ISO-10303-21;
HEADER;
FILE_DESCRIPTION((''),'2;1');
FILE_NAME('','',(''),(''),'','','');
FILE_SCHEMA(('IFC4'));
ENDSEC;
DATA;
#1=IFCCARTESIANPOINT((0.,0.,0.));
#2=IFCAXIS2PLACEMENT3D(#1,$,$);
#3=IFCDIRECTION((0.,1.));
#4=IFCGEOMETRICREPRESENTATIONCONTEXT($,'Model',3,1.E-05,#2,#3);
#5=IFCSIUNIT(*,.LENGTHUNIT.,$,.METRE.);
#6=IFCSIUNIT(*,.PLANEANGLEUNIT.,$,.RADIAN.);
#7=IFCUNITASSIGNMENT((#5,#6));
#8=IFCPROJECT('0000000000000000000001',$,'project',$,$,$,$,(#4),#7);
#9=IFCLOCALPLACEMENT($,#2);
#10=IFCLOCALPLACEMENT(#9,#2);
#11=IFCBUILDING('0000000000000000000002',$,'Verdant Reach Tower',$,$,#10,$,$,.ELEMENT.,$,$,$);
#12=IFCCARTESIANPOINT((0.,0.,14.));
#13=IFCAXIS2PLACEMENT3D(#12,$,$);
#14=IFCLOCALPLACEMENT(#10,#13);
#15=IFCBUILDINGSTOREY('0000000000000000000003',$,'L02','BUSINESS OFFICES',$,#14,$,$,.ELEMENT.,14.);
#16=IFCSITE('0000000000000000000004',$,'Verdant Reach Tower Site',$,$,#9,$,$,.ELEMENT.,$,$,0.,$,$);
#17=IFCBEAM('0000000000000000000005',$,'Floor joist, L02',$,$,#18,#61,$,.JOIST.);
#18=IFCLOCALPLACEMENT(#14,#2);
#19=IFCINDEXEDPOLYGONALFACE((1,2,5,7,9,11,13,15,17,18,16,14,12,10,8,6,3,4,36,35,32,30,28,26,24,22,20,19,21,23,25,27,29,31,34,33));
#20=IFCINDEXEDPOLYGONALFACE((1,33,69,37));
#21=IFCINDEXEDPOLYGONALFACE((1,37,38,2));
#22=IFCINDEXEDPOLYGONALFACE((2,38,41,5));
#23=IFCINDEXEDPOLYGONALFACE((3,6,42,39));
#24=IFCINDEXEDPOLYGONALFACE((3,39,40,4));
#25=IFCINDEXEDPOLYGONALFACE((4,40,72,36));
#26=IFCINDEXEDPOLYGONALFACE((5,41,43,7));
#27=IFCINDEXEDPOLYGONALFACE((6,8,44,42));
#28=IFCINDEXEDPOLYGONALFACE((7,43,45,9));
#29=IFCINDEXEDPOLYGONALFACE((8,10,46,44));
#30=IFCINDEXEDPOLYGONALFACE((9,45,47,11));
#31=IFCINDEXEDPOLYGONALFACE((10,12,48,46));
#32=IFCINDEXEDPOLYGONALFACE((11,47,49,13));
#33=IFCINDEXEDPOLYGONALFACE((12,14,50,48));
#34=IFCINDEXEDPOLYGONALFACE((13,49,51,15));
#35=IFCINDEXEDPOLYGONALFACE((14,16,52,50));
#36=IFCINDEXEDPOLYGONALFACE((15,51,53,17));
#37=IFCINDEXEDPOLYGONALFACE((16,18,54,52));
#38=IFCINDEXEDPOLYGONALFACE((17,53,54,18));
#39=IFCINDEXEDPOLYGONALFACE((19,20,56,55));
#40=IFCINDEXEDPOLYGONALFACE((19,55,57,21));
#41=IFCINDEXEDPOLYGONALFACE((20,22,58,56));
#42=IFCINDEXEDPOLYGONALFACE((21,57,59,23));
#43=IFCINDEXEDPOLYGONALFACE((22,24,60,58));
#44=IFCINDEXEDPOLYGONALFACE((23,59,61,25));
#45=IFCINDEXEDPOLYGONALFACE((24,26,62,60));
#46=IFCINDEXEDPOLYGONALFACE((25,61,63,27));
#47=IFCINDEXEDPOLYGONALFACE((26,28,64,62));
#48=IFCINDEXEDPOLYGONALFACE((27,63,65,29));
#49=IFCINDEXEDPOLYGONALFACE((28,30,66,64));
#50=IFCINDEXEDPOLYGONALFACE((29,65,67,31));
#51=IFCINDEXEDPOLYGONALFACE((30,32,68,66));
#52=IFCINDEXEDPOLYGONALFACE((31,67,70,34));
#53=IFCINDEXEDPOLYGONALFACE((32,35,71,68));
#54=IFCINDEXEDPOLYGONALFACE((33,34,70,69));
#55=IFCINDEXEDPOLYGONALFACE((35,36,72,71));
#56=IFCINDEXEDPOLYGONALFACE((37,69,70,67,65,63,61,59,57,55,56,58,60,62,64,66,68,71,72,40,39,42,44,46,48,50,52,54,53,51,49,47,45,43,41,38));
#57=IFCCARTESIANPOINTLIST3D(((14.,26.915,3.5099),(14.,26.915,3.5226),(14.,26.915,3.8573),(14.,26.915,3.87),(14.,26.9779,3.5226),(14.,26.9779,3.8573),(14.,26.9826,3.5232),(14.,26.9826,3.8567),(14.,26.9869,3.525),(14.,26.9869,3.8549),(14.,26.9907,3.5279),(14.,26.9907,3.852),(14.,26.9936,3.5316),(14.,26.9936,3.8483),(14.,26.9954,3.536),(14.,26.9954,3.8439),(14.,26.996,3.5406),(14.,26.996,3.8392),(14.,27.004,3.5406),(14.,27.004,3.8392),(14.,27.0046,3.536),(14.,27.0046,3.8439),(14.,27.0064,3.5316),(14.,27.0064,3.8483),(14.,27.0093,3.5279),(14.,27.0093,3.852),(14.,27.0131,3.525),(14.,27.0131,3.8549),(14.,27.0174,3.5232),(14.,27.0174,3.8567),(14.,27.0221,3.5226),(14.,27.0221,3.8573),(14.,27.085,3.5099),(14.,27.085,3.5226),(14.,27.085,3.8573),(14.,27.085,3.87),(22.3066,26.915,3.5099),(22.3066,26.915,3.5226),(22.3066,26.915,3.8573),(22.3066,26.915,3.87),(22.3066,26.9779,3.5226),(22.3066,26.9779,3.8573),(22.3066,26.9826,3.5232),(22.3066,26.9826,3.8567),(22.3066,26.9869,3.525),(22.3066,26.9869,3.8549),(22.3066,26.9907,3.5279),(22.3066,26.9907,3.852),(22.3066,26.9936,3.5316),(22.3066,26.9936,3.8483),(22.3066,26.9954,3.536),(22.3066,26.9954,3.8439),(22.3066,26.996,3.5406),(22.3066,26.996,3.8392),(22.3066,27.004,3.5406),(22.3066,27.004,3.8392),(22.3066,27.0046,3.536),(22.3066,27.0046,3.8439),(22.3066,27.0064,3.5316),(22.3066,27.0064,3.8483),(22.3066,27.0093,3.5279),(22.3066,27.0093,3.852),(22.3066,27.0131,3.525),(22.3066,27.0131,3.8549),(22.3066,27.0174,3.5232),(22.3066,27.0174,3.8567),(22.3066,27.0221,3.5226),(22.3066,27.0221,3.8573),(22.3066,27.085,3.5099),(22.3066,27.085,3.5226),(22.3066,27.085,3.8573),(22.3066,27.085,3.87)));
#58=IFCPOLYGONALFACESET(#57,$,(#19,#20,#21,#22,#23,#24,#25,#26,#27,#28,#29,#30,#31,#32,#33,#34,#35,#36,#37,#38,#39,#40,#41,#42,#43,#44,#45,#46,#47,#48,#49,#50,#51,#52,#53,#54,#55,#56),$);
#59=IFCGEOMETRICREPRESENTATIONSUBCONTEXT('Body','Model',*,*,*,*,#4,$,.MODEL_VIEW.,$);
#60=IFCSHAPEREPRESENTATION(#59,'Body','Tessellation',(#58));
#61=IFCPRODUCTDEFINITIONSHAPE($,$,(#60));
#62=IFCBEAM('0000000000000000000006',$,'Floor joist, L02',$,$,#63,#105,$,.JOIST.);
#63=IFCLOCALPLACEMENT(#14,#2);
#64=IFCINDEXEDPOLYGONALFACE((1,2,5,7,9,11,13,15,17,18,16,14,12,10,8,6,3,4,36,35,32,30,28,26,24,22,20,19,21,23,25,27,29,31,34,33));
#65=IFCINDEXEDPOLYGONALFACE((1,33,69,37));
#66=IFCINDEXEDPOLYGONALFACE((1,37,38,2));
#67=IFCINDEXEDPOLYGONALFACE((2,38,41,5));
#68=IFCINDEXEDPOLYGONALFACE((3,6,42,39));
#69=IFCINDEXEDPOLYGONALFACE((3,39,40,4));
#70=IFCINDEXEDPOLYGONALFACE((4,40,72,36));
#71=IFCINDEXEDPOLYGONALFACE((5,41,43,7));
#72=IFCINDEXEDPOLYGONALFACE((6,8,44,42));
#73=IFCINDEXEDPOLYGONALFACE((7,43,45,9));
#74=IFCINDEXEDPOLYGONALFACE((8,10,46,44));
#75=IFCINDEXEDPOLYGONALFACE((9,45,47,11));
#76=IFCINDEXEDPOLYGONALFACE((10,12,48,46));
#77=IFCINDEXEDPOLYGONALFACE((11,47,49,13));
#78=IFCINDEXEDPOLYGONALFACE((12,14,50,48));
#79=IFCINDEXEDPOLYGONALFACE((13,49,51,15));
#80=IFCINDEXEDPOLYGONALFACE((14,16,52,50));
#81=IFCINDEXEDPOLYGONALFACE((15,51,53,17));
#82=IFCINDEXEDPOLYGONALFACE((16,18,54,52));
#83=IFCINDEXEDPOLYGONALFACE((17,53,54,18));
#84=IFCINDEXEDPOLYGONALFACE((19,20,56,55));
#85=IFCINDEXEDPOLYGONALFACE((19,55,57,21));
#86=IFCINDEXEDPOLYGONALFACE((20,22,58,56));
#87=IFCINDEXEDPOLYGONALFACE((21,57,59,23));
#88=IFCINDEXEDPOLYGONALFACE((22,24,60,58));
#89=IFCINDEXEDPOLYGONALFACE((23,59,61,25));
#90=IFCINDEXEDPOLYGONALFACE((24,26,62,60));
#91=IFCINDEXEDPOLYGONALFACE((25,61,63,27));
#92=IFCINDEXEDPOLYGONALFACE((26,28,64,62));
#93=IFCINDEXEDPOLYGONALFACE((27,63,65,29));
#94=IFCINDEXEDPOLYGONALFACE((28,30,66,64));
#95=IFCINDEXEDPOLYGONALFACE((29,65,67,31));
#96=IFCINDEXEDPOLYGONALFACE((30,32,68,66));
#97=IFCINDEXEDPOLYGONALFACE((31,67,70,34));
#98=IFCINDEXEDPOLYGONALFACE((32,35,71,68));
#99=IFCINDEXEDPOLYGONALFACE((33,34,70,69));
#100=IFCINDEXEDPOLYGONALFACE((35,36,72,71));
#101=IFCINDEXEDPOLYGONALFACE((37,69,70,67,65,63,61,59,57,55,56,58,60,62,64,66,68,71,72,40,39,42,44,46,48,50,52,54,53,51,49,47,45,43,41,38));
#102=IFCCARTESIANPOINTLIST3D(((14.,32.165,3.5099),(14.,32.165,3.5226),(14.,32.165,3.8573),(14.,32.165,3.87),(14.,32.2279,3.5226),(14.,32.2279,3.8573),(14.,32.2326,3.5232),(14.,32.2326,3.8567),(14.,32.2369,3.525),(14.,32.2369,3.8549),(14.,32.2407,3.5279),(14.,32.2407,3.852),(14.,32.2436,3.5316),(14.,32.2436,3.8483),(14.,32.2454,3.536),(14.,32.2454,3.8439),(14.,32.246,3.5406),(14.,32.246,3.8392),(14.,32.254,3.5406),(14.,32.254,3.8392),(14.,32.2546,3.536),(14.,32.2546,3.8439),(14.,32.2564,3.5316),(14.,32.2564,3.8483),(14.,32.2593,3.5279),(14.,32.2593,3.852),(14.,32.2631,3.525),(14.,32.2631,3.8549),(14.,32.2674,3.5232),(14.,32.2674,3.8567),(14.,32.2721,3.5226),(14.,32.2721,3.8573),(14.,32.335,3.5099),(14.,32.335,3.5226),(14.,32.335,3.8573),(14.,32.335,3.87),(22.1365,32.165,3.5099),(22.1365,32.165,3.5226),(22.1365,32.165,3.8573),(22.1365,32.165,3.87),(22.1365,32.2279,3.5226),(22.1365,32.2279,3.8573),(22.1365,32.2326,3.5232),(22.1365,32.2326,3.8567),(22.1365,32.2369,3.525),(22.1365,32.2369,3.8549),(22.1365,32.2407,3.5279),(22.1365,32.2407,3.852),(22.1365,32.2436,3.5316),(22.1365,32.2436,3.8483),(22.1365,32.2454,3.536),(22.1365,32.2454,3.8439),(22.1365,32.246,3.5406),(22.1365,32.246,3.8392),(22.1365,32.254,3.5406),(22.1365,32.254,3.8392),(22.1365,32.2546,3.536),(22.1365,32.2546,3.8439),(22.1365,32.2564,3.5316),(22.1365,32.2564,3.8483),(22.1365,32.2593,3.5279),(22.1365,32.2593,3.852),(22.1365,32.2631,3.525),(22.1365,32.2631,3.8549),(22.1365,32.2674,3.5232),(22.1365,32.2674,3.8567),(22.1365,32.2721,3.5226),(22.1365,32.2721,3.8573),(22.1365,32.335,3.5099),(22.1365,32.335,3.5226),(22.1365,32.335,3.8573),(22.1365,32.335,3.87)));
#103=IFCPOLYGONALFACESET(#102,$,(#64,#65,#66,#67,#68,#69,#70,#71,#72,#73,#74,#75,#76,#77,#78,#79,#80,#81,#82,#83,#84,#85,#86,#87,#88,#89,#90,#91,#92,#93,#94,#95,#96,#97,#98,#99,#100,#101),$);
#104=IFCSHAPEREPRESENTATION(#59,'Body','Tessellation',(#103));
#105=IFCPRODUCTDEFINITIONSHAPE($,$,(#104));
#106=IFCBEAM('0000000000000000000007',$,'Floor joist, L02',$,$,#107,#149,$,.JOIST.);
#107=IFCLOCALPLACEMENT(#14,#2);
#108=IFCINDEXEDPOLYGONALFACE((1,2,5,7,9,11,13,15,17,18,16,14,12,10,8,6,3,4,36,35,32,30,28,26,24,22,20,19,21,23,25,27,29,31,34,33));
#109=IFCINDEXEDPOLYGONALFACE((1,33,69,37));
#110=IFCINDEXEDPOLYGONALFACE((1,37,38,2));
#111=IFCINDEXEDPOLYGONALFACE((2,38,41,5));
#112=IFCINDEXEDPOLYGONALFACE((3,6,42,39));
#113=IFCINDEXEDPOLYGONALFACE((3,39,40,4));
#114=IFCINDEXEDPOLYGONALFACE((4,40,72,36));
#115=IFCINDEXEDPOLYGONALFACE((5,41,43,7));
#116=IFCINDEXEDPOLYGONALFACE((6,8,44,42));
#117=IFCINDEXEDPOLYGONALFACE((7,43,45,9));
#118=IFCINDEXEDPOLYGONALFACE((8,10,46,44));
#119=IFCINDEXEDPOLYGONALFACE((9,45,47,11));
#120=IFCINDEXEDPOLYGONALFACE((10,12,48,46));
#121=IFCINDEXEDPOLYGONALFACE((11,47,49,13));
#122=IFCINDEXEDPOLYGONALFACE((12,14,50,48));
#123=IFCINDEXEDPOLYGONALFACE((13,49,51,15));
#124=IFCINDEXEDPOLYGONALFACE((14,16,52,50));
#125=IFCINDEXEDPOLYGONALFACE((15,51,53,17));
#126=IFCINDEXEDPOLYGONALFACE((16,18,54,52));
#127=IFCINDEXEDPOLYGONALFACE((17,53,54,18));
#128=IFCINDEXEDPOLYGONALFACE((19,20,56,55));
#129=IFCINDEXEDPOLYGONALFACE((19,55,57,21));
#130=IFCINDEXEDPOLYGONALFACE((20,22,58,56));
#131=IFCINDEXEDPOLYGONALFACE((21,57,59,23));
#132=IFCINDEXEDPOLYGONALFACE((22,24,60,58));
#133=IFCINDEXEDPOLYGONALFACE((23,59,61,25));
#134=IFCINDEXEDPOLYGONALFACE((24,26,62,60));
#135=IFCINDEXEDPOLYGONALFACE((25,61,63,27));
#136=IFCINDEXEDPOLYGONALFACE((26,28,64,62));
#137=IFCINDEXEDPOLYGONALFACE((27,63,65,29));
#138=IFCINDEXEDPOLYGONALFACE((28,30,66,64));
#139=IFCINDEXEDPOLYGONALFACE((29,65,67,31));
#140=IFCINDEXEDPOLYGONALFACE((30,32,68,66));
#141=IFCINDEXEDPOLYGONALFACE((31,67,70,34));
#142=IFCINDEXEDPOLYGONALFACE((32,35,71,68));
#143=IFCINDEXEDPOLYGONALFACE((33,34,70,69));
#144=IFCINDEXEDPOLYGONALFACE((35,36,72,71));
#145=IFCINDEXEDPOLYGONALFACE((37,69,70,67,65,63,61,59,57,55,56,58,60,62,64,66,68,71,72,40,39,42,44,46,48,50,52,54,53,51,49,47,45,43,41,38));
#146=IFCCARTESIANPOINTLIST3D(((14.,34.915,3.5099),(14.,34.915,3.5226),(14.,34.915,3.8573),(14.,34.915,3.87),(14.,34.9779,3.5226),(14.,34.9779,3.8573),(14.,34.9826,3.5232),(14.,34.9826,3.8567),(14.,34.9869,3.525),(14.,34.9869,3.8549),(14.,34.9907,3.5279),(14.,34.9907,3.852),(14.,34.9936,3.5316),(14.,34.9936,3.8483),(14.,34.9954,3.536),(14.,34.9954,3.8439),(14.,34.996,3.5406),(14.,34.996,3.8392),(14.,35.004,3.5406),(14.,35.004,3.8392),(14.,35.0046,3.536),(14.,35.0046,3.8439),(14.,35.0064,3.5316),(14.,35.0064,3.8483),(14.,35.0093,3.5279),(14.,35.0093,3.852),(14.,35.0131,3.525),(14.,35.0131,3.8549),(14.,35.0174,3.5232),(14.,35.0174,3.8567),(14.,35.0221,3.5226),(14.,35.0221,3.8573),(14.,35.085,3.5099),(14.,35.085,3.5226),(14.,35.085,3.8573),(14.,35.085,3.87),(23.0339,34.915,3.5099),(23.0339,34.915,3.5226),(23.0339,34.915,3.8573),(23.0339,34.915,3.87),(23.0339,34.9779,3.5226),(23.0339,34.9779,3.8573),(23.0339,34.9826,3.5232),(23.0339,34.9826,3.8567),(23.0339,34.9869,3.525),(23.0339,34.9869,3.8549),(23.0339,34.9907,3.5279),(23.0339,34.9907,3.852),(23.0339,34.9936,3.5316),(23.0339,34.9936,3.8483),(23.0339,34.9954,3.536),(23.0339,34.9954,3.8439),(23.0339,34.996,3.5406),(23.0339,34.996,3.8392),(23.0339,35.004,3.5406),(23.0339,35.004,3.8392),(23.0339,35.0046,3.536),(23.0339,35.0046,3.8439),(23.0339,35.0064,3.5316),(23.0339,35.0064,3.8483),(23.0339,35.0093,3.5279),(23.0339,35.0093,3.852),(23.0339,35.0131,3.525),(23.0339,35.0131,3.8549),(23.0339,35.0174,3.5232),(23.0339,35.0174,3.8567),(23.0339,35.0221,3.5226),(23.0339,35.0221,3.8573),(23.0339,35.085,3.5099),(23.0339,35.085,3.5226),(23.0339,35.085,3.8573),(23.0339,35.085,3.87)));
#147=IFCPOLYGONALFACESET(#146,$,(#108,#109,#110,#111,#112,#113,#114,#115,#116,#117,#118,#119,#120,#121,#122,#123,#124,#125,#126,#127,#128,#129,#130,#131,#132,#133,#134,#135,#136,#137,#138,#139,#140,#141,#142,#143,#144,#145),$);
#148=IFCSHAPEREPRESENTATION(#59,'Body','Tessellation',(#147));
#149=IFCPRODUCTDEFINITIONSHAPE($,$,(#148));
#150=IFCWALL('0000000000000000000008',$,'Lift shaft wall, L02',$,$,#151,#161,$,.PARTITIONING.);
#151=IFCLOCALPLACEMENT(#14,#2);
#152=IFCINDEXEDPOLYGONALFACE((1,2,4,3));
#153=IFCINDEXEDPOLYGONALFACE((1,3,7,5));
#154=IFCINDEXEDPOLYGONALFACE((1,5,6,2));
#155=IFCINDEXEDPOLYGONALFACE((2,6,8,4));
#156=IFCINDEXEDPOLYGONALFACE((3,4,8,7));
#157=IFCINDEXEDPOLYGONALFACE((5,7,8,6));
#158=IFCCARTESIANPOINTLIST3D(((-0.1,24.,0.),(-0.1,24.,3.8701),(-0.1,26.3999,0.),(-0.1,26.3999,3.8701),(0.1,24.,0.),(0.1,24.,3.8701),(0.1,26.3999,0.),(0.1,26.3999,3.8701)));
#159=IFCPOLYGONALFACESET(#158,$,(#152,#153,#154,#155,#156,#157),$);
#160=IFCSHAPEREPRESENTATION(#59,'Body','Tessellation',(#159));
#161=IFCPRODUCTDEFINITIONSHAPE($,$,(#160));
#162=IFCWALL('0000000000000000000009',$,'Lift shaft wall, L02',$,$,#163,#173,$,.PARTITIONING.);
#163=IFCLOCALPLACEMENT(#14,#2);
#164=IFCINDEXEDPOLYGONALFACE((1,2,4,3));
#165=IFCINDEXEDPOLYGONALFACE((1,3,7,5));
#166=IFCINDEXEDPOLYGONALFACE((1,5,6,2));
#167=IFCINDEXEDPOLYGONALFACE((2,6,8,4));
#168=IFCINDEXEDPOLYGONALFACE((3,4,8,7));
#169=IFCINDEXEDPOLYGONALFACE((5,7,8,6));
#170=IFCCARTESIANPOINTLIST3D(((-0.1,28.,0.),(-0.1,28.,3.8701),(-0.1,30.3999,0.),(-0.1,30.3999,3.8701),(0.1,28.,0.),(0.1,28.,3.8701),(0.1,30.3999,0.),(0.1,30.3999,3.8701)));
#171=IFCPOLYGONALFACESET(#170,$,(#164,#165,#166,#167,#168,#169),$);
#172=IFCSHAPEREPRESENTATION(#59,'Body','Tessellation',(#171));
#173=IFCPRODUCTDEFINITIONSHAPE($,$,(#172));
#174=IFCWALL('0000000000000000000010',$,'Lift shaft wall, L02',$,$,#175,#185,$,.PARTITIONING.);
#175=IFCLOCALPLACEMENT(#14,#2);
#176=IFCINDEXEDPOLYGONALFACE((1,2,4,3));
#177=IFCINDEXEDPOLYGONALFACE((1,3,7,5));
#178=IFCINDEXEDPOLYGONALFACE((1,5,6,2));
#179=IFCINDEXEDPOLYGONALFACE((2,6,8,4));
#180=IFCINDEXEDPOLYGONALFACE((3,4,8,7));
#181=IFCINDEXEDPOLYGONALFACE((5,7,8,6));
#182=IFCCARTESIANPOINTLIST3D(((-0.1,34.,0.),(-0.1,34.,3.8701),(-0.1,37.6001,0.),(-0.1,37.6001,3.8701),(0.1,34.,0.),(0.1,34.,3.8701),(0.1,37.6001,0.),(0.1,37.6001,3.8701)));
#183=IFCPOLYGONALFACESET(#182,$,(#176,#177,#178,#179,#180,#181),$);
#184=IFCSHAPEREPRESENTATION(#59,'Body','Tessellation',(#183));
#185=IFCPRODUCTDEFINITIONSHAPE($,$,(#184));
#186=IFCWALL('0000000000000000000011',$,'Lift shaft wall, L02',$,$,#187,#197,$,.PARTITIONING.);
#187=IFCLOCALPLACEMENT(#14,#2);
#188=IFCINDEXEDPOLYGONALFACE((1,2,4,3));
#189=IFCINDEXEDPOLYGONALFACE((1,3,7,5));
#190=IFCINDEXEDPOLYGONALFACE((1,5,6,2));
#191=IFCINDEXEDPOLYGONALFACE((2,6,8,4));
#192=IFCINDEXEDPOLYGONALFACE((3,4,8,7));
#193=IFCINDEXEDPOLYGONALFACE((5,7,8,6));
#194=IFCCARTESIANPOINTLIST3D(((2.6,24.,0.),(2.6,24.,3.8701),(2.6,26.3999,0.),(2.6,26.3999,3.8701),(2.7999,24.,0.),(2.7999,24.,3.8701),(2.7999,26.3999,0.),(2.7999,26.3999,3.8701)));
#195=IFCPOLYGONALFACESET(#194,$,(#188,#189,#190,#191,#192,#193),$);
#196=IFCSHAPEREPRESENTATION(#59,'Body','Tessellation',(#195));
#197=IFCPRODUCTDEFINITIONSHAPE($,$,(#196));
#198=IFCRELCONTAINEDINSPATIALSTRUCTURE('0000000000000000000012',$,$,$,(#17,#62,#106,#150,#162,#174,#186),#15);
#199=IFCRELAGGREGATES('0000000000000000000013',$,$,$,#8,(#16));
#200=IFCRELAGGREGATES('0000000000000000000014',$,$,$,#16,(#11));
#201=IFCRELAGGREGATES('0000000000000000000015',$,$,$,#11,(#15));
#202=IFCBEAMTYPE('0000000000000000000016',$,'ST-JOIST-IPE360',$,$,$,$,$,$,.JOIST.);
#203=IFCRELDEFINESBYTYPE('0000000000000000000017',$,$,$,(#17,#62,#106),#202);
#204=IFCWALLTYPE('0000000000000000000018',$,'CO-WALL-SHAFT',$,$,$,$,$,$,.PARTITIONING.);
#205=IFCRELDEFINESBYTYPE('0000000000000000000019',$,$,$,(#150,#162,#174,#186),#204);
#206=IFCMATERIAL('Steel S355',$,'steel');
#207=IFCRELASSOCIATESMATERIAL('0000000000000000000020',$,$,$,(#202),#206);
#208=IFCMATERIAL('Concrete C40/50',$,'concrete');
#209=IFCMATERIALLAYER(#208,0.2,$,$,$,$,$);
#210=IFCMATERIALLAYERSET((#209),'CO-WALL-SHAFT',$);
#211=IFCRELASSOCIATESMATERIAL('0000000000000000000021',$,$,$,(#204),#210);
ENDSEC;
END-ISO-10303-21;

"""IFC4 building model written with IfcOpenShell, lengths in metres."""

from ifc_helpers import new_model, si_unit, direction, frame, frame_2d, origin, origin_2d, place, context, subcontext, project, spatial, rectangle, i_section, extrude, material, layer, layer_set, material_profile, profile_set, type_object, element, save


model = new_model("IFC4")

# Units and contexts
model_context = context("Model", 3, precision=1e-05, world=origin(), true_north=direction((0.0, 1.0)))
body_context = subcontext(model_context, "Body", "Model", "MODEL_VIEW")
ifc_project = project(units=[si_unit("LENGTHUNIT", "METRE"), si_unit("PLANEANGLEUNIT", "RADIAN")], contexts=[model_context])

# Site, building, storey
site_placement = place(None, origin())
site = spatial("IfcSite", under=ifc_project, at=site_placement, Name="Verdant Reach Tower Site", CompositionType="ELEMENT", RefElevation=0.0)
building_placement = place(site_placement, origin())
building = spatial("IfcBuilding", under=site, at=building_placement, Name="Verdant Reach Tower", CompositionType="ELEMENT")
storey_placement = place(building_placement, frame((0.0, 0.0, 14.0)))
storey = spatial("IfcBuildingStorey", under=building, at=storey_placement, Name="L02", Description="BUSINESS OFFICES", CompositionType="ELEMENT", Elevation=14.0)

# Beams
ifc_material_1 = material(Name="Steel S355", Category="steel")
ifc_material_profile = material_profile(ifc_material_1, i_section(OverallWidth=0.1699, OverallDepth=0.3601, WebThickness=0.0081, FlangeThickness=0.0127, FilletRadius=0.0181, at=origin_2d()), Name="IPE 360")
ifc_profile_set = profile_set([ifc_material_profile], Name="Steel S355")
beam_type = type_object("IfcBeamType", Name="ST-JOIST-IPE360", PredefinedType="JOIST", material=ifc_profile_set)
beam_1_placement = place(storey_placement, frame((14.0, 27.0, 3.6899), z_axis=(1.0, 0.0, 0.0), x_axis=(0.0, 1.0, 0.0)))
element("IfcBeam", 1, at=beam_1_placement, inside=storey, type_object=beam_type, Name="Floor joist, L02", PredefinedType="JOIST", context=body_context, shape_type="SweptSolid", body=[
    extrude(i_section(OverallWidth=0.1699, OverallDepth=0.3601, WebThickness=0.0081, FlangeThickness=0.0127, FilletRadius=0.0181, at=origin_2d()), origin(), (0.0, 0.0, 1.0), 8.3066),
])
beam_2_placement = place(storey_placement, frame((14.0, 32.25, 3.6899), z_axis=(1.0, 0.0, 0.0), x_axis=(0.0, 1.0, 0.0)))
element("IfcBeam", 2, at=beam_2_placement, inside=storey, type_object=beam_type, Name="Floor joist, L02", PredefinedType="JOIST", context=body_context, shape_type="SweptSolid", body=[
    extrude(i_section(OverallWidth=0.1699, OverallDepth=0.3601, WebThickness=0.0081, FlangeThickness=0.0127, FilletRadius=0.0181, at=origin_2d()), origin(), (0.0, 0.0, 1.0), 8.1365),
])
beam_3_placement = place(storey_placement, frame((14.0, 35.0, 3.6899), z_axis=(1.0, 0.0, 0.0), x_axis=(0.0, 1.0, 0.0)))
element("IfcBeam", 3, at=beam_3_placement, inside=storey, type_object=beam_type, Name="Floor joist, L02", PredefinedType="JOIST", context=body_context, shape_type="SweptSolid", body=[
    extrude(i_section(OverallWidth=0.1699, OverallDepth=0.3601, WebThickness=0.0081, FlangeThickness=0.0127, FilletRadius=0.0181, at=origin_2d()), origin(), (0.0, 0.0, 1.0), 9.0339),
])

# Walls
ifc_material_2 = material(Name="Concrete C40/50", Category="concrete")
ifc_layer_1 = layer(ifc_material_2, 0.2)
ifc_layer_set_1 = layer_set([ifc_layer_1], Name="CO-WALL-SHAFT")
wall_type_1 = type_object("IfcWallType", Name="CO-WALL-SHAFT", PredefinedType="PARTITIONING", material=ifc_layer_set_1)
for number, where, z_axis, x_axis, name in (
    (4, (0.0, 24.0, 0.0), (0.0, 0.0, 1.0), (0.0, 1.0, 0.0), "Lift shaft wall, L02"),
    (5, (0.0, 28.0, 0.0), (0.0, 0.0, 1.0), (0.0, 1.0, 0.0), "Lift shaft wall, L02"),
):
    element("IfcWall", number, at=place(storey_placement, frame(where, z_axis=z_axis, x_axis=x_axis)), inside=storey, type_object=wall_type_1, Name=name, PredefinedType="PARTITIONING", context=body_context, shape_type="SweptSolid", body=[
        extrude(rectangle(XDim=2.3999, YDim=0.2, at=frame_2d((1.2, 0.0))), origin(), (0.0, 0.0, 1.0), 3.8701),
    ])
wall_1_placement = place(storey_placement, frame((0.0, 34.0, 0.0), z_axis=(0.0, 0.0, 1.0), x_axis=(0.0, 1.0, 0.0)))
element("IfcWall", 6, at=wall_1_placement, inside=storey, type_object=wall_type_1, Name="Lift shaft wall, L02", PredefinedType="PARTITIONING", context=body_context, shape_type="SweptSolid", body=[
    extrude(rectangle(XDim=3.6001, YDim=0.2, at=frame_2d((1.8, 0.0))), origin(), (0.0, 0.0, 1.0), 3.8701),
])
for number, where, z_axis, x_axis, name in (
    (7, (2.7, 24.0, 0.0), (0.0, 0.0, 1.0), (0.0, 1.0, 0.0), "Lift shaft wall, L02"),
):
    element("IfcWall", number, at=place(storey_placement, frame(where, z_axis=z_axis, x_axis=x_axis)), inside=storey, type_object=wall_type_1, Name=name, PredefinedType="PARTITIONING", context=body_context, shape_type="SweptSolid", body=[
        extrude(rectangle(XDim=2.3999, YDim=0.2, at=frame_2d((1.2, 0.0))), origin(), (0.0, 0.0, 1.0), 3.8701),
    ])

save(model, "model.ifc")
